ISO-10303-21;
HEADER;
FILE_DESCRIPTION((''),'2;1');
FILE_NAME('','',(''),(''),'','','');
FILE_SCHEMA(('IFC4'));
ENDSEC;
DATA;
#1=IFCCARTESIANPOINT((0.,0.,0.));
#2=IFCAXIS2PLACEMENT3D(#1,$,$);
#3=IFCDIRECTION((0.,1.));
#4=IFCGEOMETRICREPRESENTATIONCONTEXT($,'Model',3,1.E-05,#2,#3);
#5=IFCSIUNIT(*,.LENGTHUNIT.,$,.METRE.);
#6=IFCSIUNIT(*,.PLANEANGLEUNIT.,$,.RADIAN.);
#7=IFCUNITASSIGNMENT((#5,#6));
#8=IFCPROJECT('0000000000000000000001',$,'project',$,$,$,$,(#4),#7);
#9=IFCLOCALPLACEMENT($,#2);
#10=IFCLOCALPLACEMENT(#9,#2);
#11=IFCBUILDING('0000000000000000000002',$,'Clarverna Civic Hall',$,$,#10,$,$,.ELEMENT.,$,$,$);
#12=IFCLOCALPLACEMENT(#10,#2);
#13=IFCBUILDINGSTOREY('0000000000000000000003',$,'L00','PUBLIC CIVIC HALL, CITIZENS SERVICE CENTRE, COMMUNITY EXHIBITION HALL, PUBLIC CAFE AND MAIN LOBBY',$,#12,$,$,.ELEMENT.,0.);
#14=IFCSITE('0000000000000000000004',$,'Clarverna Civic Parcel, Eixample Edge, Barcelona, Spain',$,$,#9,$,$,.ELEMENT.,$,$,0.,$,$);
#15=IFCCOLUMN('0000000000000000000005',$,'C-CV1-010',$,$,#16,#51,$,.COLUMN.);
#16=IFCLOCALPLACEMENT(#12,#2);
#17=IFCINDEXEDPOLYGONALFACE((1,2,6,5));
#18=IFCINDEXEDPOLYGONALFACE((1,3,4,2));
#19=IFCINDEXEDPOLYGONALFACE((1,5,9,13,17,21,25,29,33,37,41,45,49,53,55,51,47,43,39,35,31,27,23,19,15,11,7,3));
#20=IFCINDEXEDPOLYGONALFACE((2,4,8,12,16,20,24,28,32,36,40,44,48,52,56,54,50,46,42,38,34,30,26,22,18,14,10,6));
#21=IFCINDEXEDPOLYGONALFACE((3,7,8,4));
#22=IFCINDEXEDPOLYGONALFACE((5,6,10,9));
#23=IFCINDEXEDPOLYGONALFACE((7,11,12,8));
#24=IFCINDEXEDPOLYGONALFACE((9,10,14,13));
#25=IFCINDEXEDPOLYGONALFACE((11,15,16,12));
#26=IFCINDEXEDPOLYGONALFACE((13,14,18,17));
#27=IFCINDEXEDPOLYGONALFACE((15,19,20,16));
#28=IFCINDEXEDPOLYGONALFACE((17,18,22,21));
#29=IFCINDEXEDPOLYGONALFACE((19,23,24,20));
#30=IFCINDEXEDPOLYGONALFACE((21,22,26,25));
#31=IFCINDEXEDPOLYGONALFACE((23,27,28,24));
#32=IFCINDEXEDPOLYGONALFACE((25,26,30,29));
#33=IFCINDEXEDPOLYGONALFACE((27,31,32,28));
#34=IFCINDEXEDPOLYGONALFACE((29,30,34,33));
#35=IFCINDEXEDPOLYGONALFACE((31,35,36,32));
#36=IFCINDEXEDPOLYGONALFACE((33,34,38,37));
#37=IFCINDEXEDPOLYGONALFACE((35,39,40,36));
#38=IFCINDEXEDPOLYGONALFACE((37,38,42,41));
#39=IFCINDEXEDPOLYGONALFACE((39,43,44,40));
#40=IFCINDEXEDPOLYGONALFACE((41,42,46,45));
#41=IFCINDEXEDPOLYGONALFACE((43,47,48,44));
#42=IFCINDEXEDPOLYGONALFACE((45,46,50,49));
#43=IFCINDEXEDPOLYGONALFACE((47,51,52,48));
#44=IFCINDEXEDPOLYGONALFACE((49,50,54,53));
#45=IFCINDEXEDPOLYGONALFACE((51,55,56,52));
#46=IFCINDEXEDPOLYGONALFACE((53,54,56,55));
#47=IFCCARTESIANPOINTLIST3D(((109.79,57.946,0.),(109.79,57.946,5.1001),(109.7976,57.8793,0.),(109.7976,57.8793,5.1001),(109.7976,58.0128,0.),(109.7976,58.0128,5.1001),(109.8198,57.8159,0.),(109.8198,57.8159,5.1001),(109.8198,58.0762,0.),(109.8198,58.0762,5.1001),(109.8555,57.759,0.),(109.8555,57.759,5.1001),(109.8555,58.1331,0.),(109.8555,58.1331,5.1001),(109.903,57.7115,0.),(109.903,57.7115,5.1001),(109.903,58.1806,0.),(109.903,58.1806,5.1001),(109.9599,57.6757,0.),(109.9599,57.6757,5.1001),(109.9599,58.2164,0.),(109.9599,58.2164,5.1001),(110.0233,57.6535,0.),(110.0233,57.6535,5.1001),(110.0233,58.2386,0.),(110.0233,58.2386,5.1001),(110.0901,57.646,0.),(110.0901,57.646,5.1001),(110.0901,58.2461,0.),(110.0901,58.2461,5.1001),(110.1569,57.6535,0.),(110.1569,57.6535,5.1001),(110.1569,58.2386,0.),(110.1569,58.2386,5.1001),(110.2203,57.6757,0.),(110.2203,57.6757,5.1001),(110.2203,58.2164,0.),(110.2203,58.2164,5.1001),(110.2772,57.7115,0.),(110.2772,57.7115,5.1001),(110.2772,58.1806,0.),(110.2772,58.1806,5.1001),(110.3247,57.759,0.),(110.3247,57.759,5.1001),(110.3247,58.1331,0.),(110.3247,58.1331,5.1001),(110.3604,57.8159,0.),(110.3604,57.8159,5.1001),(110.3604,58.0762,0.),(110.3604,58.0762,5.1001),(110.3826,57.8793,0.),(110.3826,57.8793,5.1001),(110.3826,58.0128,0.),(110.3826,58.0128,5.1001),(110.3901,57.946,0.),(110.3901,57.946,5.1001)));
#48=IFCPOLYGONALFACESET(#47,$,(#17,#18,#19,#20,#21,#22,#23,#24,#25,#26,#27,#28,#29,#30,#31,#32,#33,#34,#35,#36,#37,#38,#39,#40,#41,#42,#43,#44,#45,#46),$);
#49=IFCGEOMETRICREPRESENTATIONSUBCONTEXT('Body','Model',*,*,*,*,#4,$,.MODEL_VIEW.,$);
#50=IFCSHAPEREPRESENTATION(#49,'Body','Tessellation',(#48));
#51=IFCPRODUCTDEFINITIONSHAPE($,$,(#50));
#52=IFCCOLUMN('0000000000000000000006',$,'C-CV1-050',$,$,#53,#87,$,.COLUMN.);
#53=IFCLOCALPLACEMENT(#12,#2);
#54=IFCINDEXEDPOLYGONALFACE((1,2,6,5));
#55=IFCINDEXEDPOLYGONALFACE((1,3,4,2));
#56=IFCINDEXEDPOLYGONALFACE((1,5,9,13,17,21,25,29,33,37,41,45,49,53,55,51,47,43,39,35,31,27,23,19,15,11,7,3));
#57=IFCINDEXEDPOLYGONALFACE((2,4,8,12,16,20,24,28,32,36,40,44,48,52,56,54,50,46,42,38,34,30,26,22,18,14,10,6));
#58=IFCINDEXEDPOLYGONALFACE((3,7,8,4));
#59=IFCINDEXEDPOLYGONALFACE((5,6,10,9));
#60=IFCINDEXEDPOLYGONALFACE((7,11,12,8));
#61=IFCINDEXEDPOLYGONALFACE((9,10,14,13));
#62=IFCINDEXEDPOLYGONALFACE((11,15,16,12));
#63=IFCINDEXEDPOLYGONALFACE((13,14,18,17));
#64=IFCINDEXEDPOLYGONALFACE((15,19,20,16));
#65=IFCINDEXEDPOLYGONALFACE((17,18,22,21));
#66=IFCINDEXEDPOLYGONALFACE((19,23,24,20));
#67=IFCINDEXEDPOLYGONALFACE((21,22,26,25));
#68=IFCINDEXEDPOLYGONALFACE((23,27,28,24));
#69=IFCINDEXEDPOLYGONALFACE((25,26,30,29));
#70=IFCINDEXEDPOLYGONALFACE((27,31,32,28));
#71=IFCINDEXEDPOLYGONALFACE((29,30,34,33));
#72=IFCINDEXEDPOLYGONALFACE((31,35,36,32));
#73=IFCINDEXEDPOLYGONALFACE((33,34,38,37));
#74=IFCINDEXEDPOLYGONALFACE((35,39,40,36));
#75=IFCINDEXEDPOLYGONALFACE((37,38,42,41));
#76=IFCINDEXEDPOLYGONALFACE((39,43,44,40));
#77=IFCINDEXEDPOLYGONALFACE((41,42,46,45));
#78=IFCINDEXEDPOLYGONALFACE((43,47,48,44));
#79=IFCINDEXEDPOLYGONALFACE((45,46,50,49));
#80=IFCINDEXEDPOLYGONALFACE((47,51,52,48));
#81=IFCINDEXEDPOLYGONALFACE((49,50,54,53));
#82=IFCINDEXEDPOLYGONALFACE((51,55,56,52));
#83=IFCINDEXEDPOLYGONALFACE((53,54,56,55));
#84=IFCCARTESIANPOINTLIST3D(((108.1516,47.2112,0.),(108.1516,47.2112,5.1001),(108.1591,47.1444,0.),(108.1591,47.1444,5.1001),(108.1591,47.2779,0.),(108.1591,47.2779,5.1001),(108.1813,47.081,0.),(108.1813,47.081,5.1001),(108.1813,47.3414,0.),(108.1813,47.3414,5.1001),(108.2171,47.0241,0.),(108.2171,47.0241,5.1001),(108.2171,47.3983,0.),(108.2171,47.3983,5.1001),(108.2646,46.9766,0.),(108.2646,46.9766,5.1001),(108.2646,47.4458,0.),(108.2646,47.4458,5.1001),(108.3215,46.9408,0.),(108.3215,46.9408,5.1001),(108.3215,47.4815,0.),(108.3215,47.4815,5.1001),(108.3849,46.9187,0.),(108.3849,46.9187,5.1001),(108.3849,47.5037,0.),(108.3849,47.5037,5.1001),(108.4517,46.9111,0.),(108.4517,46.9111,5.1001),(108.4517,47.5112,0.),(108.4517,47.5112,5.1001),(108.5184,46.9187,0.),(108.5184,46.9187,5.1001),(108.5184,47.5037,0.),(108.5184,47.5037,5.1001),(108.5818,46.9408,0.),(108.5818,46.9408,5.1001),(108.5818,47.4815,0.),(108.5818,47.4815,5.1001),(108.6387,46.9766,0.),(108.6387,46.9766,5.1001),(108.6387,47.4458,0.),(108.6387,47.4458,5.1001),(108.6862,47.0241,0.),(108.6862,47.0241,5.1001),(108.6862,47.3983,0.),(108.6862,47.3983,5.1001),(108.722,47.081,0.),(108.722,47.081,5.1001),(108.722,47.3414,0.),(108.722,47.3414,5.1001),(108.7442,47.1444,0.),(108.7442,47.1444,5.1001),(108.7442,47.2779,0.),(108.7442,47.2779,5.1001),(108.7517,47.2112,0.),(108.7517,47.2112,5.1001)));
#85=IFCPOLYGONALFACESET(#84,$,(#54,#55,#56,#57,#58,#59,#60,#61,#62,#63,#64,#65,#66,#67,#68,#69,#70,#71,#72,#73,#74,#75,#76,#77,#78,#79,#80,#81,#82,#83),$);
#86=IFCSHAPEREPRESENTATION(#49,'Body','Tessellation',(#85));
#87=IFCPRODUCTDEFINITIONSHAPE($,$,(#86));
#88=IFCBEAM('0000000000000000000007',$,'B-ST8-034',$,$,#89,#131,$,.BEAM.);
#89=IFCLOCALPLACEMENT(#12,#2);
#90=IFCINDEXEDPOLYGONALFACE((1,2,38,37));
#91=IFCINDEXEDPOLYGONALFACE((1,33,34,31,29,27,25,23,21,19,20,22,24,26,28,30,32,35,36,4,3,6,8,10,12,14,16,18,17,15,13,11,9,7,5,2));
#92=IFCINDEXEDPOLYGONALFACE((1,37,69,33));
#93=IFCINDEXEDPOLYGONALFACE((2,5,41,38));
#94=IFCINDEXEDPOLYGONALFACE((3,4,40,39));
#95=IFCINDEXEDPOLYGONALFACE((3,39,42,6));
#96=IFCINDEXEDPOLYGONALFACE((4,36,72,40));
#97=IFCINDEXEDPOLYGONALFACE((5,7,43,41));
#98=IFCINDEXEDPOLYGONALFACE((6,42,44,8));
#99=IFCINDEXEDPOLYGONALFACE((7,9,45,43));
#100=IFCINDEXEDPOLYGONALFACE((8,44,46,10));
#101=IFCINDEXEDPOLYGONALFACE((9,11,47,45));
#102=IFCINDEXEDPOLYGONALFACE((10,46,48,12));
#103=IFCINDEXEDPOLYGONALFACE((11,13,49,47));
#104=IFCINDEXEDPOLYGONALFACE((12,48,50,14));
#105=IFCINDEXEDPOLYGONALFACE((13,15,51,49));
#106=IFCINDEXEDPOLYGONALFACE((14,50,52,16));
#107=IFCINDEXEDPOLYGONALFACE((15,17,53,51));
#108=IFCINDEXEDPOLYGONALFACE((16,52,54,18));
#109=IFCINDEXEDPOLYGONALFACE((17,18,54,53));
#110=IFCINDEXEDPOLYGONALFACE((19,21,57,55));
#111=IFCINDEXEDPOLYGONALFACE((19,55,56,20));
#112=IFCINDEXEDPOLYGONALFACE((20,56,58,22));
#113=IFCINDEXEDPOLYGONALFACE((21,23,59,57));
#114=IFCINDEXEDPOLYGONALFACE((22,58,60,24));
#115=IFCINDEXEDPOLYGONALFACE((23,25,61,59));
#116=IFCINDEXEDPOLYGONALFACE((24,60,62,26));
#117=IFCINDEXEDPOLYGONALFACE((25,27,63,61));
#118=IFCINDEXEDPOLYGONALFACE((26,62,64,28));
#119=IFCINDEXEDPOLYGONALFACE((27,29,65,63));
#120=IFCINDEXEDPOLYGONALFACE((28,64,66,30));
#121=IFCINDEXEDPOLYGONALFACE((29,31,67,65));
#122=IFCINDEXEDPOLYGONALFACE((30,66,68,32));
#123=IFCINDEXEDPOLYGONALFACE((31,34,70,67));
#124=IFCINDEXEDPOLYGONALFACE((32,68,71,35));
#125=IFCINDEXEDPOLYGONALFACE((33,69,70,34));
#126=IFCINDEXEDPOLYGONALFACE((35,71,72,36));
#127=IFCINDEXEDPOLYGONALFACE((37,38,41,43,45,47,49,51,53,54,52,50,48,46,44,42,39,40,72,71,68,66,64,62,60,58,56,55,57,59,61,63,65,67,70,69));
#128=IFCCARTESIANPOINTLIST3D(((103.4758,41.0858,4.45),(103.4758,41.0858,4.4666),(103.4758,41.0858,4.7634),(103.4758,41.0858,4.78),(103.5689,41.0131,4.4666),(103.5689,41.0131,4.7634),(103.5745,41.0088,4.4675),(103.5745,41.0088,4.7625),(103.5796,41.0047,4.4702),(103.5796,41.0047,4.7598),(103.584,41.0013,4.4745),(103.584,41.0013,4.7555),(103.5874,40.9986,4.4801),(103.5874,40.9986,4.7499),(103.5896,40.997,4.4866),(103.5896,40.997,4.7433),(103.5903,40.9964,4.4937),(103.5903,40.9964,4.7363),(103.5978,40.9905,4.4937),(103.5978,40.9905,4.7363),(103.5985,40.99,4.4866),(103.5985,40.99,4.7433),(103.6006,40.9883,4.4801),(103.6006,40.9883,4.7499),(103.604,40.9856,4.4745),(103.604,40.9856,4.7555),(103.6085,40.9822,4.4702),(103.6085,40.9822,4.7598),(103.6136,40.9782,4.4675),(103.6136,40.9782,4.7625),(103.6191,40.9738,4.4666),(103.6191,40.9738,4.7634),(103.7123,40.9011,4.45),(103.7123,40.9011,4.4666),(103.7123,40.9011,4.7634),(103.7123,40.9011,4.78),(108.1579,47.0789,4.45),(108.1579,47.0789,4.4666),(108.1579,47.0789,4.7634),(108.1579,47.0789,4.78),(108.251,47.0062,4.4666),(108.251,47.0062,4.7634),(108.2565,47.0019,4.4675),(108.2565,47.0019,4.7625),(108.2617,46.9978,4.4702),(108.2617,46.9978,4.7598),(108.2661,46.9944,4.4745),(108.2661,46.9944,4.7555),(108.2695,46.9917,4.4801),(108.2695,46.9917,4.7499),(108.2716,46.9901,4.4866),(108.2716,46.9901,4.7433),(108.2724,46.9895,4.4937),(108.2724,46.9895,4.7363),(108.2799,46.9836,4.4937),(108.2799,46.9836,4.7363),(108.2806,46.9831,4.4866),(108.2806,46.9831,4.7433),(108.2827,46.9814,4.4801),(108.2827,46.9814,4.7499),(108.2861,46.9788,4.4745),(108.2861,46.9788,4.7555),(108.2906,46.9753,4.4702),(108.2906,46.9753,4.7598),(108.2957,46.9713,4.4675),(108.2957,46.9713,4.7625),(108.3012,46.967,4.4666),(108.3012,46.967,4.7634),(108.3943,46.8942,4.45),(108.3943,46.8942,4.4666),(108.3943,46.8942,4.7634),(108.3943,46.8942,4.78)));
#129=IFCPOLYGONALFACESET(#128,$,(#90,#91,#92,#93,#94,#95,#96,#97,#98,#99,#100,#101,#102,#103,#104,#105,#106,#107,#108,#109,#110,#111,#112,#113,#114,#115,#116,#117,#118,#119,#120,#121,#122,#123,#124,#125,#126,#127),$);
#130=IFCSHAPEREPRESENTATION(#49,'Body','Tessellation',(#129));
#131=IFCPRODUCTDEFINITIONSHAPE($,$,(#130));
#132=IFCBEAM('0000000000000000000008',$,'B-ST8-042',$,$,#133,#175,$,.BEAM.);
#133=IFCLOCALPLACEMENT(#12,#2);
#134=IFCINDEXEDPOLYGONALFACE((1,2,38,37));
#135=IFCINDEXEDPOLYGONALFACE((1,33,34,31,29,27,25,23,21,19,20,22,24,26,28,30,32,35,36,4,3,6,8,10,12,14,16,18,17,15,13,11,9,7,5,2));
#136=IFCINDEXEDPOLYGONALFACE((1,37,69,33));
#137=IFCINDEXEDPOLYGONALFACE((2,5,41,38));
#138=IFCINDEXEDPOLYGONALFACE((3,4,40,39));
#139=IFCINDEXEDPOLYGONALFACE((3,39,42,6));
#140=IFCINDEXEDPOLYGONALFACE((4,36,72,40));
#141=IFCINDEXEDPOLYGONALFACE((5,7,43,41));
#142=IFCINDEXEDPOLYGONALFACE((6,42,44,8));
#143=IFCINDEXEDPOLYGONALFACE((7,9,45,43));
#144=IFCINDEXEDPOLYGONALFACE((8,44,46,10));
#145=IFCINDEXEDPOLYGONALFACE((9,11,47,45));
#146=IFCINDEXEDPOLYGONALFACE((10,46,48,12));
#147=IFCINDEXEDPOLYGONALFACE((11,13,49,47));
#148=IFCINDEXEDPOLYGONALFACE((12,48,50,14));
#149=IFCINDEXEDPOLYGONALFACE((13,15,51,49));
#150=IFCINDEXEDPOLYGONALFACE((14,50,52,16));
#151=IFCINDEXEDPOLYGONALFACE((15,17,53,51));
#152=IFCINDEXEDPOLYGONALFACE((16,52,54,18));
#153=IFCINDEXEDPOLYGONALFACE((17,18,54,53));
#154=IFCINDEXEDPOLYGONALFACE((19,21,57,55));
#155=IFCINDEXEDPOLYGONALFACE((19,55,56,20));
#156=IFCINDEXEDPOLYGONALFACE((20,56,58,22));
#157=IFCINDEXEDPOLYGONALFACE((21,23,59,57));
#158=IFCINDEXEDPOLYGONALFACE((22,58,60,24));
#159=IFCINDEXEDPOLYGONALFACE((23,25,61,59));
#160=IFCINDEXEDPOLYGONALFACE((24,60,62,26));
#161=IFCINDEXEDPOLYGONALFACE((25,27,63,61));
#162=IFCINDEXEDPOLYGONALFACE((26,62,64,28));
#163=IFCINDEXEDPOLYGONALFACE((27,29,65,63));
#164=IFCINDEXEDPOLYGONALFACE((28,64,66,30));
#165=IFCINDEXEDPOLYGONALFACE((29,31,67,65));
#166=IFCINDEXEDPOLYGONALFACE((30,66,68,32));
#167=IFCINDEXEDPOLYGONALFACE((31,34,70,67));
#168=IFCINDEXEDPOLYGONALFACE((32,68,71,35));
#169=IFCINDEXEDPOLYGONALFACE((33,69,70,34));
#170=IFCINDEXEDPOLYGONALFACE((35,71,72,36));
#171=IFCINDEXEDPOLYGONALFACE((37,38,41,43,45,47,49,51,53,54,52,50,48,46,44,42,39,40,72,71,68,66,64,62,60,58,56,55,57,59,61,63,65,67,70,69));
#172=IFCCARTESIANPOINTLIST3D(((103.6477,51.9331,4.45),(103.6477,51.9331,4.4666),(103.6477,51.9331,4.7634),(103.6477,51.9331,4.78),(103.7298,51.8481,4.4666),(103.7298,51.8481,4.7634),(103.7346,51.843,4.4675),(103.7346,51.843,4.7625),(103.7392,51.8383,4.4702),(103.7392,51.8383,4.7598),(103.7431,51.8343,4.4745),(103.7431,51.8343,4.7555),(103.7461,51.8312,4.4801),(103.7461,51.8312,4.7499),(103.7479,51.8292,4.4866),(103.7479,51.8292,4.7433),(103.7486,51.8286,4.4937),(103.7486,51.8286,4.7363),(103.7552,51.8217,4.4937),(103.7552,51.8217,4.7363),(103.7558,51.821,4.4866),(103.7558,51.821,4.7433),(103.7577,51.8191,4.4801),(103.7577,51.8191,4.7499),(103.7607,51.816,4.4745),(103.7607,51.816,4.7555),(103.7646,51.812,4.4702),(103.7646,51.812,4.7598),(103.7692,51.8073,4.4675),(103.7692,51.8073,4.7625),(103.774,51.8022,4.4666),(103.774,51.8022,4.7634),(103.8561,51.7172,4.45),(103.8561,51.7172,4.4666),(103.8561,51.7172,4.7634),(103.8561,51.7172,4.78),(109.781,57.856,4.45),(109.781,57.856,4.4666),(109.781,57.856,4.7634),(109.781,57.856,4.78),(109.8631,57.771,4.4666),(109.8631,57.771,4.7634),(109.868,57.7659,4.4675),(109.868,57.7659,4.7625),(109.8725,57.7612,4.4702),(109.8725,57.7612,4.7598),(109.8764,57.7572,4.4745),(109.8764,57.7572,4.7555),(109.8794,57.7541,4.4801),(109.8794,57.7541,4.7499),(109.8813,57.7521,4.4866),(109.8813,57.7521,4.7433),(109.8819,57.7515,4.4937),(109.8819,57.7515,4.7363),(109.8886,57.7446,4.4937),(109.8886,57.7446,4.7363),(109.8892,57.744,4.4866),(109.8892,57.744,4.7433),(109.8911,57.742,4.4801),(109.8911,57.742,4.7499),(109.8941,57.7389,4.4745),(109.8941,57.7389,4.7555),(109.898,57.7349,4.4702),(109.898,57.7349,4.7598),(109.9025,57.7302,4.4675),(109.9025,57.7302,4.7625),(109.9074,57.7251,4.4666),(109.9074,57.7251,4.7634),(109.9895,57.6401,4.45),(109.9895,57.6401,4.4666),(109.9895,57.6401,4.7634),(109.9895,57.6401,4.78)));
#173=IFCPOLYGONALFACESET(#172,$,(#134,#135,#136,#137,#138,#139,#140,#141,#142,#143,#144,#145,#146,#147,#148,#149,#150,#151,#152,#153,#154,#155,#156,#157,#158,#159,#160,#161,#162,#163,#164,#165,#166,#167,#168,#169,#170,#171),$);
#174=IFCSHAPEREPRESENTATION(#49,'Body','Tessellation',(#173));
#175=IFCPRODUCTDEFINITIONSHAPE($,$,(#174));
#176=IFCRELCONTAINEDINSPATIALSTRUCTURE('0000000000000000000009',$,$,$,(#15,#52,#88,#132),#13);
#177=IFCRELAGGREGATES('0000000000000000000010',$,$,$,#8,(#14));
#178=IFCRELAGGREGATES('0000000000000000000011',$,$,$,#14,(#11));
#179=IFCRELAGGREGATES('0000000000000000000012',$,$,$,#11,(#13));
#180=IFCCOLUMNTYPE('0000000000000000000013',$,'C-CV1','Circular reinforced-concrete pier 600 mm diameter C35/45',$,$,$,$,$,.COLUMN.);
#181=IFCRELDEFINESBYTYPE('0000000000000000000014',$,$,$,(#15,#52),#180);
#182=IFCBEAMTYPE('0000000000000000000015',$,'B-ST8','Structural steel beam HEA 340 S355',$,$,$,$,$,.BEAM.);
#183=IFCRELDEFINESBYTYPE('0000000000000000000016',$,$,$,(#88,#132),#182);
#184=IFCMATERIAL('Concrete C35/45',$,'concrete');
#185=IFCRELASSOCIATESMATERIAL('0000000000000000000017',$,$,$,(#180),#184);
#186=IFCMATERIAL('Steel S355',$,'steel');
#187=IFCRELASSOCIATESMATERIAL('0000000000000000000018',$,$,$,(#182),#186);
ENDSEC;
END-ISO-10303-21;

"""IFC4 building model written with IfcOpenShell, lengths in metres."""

from ifc_helpers import new_model, si_unit, direction, frame, origin, origin_2d, place, context, subcontext, project, spatial, circle, i_section, extrude, material, material_profile, profile_set, type_object, element, save


model = new_model("IFC4")

# Units and contexts
model_context = context("Model", 3, precision=1e-05, world=origin(), true_north=direction((0.0, 1.0)))
body_context = subcontext(model_context, "Body", "Model", "MODEL_VIEW")
ifc_project = project(units=[si_unit("LENGTHUNIT", "METRE"), si_unit("PLANEANGLEUNIT", "RADIAN")], contexts=[model_context])

# Site, building, storey
site_placement = place(None, origin())
site = spatial("IfcSite", under=ifc_project, at=site_placement, Name="Clarverna Civic Parcel, Eixample Edge, Barcelona, Spain", CompositionType="ELEMENT", RefElevation=0.0)
building_placement = place(site_placement, origin())
building = spatial("IfcBuilding", under=site, at=building_placement, Name="Clarverna Civic Hall", CompositionType="ELEMENT")
storey_placement = place(building_placement, origin())
storey = spatial("IfcBuildingStorey", under=building, at=storey_placement, Name="L00", Description="PUBLIC CIVIC HALL, CITIZENS SERVICE CENTRE, COMMUNITY EXHIBITION HALL, PUBLIC CAFE AND MAIN LOBBY", CompositionType="ELEMENT", Elevation=0.0)

# Columns
ifc_material_1 = material(Name="Concrete C35/45", Category="concrete")
ifc_material_profile_1 = material_profile(ifc_material_1, circle(Radius=0.3, at=origin_2d()), Name="RC D600")
ifc_profile_set_1 = profile_set([ifc_material_profile_1], Name="Concrete C35/45")
column_type = type_object("IfcColumnType", Name="C-CV1", Description="Circular reinforced-concrete pier 600 mm diameter C35/45", PredefinedType="COLUMN", material=ifc_profile_set_1)
for number, where, z_axis, x_axis, name in (
    (1, (110.0901, 57.946, 0.0), (0.0, 0.0, 1.0), (1.0, 0.0, 0.0), "C-CV1-010"),
    (2, (108.4517, 47.2112, 0.0), (0.0, 0.0, 1.0), (1.0, 0.0, 0.0), "C-CV1-050"),
):
    element("IfcColumn", number, at=place(storey_placement, frame(where, z_axis=z_axis, x_axis=x_axis)), inside=storey, type_object=column_type, Name=name, PredefinedType="COLUMN", context=body_context, shape_type="SweptSolid", body=[
        extrude(circle(Radius=0.3, at=origin_2d()), origin(), (0.0, 0.0, 1.0), 5.1001),
    ])

# Beams
ifc_material_2 = material(Name="Steel S355", Category="steel")
ifc_material_profile_2 = material_profile(ifc_material_2, i_section(OverallWidth=0.3, OverallDepth=0.3301, WebThickness=0.0095, FlangeThickness=0.0166, FilletRadius=0.0271, at=origin_2d()), Name="HEA 340")
ifc_profile_set_2 = profile_set([ifc_material_profile_2], Name="Steel S355")
beam_type_1 = type_object("IfcBeamType", Name="B-ST8", Description="Structural steel beam HEA 340 S355", PredefinedType="BEAM", material=ifc_profile_set_2)
beam_1_placement = place(storey_placement, frame((108.2761, 46.9866, 4.615), z_axis=(-0.615642, -0.788026, 0.0), x_axis=(0.788026, -0.615642, 0.0)))
element("IfcBeam", 3, at=beam_1_placement, inside=storey, type_object=beam_type_1, Name="B-ST8-034", PredefinedType="BEAM", context=body_context, shape_type="SweptSolid", body=[
    extrude(i_section(OverallWidth=0.3, OverallDepth=0.3301, WebThickness=0.0095, FlangeThickness=0.0166, FilletRadius=0.0271, at=origin_2d()), origin(), (0.0, 0.0, 1.0), 7.6052),
])
beam_2_placement = place(storey_placement, frame((109.8853, 57.748, 4.615), z_axis=(-0.71934, -0.694658, 0.0), x_axis=(0.694658, -0.71934, 0.0)))
element("IfcBeam", 4, at=beam_2_placement, inside=storey, type_object=beam_type_1, Name="B-ST8-042", PredefinedType="BEAM", context=body_context, shape_type="SweptSolid", body=[
    extrude(i_section(OverallWidth=0.3, OverallDepth=0.3301, WebThickness=0.0095, FlangeThickness=0.0166, FilletRadius=0.0271, at=origin_2d()), origin(), (0.0, 0.0, 1.0), 8.5264),
])

save(model, "model.ifc")
